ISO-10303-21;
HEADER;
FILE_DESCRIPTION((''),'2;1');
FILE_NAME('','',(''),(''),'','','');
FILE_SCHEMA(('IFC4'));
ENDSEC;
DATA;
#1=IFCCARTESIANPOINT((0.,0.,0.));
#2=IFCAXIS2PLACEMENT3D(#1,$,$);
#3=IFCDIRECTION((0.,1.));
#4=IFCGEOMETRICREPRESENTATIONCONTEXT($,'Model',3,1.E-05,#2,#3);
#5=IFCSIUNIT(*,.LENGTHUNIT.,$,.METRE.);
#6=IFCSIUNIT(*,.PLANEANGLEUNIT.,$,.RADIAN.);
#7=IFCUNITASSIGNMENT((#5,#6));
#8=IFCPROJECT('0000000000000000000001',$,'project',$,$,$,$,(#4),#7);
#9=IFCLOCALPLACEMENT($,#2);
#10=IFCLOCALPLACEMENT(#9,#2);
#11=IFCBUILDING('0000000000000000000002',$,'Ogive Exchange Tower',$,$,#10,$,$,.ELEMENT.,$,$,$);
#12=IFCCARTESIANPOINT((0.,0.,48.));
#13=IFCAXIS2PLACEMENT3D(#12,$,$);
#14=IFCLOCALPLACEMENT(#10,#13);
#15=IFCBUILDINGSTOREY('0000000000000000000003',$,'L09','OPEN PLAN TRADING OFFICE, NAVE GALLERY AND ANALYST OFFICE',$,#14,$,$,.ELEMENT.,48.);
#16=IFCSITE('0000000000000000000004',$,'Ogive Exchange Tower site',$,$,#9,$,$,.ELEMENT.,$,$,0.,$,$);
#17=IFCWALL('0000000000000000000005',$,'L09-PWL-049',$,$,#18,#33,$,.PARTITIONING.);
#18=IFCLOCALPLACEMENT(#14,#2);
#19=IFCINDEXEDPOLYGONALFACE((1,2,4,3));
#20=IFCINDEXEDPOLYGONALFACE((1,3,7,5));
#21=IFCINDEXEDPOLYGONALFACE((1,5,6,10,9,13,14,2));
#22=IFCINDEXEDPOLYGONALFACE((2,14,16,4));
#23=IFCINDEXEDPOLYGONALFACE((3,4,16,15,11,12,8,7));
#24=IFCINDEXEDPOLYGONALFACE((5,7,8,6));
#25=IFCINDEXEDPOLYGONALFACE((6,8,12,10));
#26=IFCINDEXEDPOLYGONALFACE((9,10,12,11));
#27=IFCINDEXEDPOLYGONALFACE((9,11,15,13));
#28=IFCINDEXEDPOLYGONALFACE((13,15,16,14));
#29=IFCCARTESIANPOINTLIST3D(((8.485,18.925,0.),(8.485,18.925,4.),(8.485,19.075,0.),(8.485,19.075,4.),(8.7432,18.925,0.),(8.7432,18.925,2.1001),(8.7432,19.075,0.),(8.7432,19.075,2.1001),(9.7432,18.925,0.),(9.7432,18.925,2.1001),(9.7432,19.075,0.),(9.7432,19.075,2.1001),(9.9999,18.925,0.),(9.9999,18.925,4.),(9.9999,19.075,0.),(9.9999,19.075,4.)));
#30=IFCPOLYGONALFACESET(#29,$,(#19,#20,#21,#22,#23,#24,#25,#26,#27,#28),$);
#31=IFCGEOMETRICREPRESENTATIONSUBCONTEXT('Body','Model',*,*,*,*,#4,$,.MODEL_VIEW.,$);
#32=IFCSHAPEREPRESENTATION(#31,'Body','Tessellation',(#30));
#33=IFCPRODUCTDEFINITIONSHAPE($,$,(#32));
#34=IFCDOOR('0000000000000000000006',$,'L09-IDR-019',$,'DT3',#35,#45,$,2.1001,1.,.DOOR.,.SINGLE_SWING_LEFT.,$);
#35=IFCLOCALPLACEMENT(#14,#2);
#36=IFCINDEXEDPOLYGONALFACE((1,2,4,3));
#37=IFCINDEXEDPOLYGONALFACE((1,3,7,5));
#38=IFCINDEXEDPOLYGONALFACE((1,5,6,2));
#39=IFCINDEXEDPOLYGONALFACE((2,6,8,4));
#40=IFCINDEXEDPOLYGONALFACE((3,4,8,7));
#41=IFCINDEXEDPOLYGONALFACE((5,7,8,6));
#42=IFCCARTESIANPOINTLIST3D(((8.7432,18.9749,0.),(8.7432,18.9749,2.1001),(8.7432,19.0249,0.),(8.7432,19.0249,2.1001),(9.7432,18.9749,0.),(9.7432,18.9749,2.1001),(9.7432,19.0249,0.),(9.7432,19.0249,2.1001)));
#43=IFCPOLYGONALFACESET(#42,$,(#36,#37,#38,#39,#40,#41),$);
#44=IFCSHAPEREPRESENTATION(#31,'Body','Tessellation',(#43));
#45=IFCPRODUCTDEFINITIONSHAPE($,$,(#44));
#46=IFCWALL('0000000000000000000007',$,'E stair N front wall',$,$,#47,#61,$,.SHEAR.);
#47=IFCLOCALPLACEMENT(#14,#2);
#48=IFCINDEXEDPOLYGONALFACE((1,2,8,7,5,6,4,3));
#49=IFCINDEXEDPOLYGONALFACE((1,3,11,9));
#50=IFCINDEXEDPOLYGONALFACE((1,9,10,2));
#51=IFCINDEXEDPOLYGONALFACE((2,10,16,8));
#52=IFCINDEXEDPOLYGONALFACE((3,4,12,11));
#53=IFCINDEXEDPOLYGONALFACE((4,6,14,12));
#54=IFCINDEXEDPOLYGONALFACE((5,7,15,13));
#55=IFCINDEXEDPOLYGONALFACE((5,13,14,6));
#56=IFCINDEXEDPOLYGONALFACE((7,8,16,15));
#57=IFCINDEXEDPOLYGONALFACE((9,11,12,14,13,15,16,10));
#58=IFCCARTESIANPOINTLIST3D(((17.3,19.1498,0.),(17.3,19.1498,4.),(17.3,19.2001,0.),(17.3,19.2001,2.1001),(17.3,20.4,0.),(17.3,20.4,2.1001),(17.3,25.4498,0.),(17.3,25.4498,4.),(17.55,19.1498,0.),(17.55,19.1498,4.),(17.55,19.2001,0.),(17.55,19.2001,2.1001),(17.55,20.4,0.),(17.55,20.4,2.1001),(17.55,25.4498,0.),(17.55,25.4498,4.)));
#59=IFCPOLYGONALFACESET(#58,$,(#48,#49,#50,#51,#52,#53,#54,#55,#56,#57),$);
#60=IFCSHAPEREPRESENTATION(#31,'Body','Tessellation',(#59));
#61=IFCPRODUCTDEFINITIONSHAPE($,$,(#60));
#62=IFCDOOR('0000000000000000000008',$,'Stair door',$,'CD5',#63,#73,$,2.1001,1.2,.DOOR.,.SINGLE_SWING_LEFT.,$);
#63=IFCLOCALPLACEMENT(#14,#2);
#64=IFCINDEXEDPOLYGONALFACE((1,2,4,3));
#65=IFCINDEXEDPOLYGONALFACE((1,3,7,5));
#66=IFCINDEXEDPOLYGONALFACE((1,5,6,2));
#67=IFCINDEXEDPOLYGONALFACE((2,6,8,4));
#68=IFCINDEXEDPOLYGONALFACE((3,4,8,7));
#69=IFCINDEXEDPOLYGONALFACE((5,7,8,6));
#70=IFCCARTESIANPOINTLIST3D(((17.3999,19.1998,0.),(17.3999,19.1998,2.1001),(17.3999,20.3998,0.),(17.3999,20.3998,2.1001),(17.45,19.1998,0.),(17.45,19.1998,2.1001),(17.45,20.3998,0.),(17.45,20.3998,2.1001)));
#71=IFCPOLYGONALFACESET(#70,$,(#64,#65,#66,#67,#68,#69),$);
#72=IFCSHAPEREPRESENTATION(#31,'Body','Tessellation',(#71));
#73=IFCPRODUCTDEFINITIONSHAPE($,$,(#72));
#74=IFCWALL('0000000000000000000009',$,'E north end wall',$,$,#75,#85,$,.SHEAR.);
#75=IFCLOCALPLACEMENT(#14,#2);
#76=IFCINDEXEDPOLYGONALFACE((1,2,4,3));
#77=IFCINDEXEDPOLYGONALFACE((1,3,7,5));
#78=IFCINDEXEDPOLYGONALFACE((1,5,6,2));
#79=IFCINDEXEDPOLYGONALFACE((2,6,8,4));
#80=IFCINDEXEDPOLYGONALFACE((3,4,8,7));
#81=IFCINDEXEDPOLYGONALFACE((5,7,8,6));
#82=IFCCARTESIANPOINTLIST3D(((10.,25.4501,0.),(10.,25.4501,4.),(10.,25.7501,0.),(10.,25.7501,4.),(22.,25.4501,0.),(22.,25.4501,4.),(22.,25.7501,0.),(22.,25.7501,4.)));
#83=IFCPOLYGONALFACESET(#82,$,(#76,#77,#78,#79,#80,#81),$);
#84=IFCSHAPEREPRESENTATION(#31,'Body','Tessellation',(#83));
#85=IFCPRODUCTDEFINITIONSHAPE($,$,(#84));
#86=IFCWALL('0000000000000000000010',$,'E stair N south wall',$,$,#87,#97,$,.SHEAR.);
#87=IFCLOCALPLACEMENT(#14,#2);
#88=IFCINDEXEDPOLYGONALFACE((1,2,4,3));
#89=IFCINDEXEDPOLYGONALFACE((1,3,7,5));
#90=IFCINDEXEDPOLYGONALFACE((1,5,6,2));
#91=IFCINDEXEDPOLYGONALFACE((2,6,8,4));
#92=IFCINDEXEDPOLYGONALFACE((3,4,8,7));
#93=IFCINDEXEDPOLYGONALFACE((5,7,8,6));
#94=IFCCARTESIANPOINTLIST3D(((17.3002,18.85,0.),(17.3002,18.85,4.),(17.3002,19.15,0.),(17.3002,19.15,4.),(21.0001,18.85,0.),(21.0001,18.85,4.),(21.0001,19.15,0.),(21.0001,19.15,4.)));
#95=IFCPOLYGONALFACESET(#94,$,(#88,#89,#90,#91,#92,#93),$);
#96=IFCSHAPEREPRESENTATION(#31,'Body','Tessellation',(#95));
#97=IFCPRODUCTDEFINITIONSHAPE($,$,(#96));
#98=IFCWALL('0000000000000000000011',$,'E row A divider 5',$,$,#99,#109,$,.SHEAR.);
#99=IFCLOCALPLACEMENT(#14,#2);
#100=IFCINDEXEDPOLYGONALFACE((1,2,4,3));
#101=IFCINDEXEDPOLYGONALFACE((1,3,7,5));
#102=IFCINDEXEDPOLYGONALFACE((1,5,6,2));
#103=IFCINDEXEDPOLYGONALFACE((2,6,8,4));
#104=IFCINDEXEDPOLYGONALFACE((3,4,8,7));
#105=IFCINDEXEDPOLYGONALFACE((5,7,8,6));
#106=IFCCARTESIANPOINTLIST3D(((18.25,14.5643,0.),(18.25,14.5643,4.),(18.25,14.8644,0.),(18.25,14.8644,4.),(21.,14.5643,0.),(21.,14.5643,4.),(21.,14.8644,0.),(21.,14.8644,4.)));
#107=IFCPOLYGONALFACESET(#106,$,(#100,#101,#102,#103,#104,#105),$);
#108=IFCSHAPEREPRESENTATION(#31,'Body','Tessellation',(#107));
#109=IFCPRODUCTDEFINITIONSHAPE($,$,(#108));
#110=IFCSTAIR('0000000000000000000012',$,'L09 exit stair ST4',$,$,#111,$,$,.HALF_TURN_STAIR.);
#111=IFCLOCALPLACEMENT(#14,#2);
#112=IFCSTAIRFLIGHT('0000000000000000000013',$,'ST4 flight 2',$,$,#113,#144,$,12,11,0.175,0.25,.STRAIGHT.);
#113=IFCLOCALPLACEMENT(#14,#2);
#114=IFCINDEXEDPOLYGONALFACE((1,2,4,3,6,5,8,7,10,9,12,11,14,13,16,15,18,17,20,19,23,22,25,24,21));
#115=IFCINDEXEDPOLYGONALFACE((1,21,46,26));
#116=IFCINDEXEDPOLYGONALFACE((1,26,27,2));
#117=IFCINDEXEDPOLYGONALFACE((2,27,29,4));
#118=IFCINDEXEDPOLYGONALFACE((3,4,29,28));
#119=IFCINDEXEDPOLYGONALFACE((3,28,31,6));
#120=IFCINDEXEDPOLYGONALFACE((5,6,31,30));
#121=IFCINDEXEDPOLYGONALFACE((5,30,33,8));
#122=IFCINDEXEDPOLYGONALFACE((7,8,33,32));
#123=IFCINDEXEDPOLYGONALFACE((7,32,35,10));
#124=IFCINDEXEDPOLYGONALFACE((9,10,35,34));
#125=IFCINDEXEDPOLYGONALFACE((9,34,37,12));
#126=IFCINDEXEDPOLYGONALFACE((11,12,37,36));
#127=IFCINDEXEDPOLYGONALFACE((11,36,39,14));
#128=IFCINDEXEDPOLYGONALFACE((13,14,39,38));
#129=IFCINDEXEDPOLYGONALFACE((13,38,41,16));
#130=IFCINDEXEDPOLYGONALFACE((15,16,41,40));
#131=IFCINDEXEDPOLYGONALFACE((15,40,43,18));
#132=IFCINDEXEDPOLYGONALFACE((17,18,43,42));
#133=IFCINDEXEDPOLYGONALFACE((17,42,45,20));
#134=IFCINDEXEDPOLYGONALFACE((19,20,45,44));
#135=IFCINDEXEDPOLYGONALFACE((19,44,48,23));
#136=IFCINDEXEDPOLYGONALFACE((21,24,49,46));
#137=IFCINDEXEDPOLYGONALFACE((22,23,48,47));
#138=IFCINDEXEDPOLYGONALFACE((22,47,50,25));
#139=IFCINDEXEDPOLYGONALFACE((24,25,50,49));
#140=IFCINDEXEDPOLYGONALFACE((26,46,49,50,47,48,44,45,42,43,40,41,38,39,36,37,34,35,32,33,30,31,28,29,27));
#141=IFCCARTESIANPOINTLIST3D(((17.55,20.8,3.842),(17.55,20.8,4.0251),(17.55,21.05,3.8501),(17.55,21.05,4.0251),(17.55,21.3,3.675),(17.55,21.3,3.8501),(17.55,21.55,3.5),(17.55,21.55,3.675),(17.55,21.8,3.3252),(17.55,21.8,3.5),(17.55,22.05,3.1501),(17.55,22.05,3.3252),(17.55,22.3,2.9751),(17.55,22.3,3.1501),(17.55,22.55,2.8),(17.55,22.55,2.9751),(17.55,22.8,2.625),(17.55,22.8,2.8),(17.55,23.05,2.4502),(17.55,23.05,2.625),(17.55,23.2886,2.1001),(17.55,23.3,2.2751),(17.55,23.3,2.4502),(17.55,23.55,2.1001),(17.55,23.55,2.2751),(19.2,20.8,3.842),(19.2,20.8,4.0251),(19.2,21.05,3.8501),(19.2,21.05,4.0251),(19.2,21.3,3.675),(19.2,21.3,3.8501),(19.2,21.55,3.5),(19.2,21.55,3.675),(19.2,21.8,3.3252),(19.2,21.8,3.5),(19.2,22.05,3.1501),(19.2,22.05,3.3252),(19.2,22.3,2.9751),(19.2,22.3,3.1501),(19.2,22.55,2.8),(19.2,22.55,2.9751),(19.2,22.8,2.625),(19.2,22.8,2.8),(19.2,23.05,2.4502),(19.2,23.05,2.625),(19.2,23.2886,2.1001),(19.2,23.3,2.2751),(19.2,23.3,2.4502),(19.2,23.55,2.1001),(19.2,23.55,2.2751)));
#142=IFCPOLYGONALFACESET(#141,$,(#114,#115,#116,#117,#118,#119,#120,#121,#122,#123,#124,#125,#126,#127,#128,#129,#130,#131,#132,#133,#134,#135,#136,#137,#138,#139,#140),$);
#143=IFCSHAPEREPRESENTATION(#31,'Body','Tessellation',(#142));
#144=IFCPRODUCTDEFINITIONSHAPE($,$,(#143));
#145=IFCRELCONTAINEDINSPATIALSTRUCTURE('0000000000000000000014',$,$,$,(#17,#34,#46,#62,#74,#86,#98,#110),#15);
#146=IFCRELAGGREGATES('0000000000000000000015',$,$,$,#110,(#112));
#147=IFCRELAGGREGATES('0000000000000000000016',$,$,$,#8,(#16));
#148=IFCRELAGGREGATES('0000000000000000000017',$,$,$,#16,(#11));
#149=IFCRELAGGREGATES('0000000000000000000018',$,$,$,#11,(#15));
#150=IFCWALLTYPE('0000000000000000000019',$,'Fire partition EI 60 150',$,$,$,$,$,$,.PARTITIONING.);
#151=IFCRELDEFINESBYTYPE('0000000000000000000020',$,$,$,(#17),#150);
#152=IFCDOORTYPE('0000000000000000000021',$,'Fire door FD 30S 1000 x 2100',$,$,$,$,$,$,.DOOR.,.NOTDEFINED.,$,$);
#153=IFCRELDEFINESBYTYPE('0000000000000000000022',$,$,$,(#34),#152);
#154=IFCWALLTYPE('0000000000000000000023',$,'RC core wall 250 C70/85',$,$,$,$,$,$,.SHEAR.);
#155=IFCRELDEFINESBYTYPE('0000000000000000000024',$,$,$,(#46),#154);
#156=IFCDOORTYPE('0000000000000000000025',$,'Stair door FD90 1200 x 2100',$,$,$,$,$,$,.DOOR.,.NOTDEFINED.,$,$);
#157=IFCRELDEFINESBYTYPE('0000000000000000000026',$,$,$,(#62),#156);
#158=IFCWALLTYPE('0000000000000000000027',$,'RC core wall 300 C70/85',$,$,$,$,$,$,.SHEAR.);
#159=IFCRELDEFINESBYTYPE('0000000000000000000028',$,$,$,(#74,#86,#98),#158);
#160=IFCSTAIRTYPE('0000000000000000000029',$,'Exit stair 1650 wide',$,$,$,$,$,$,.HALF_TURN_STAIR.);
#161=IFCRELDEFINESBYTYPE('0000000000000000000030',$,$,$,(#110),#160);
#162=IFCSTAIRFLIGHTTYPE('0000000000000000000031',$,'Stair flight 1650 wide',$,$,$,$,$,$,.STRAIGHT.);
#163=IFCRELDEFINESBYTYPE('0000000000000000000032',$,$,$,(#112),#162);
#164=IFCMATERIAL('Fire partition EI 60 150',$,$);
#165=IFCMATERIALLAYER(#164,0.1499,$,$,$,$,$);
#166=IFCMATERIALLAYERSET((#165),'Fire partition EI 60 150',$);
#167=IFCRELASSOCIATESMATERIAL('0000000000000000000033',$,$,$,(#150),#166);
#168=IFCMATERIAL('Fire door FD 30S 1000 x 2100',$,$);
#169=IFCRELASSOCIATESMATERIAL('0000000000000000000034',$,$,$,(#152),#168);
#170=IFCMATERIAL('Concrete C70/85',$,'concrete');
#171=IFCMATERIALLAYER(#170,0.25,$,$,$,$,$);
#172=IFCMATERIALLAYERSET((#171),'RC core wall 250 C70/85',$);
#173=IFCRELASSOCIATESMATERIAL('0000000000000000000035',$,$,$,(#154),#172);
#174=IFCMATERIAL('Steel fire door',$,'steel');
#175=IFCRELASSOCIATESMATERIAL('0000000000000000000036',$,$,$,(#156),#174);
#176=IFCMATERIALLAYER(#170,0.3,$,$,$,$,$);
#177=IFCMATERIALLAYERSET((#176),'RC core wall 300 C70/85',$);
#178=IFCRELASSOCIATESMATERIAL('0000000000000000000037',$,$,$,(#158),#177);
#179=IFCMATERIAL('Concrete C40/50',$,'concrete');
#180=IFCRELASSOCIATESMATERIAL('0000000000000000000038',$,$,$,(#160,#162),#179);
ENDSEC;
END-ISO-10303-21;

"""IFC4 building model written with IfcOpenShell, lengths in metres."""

from ifc_helpers import new_model, si_unit, direction, frame, frame_2d, origin, place, context, subcontext, project, spatial, polyline, rectangle, outline, extrude, material, layer, layer_set, type_object, element, fill, aggregate, save


model = new_model("IFC4")

# Units and contexts
model_context = context("Model", 3, precision=1e-05, world=origin(), true_north=direction((0.0, 1.0)))
body_context = subcontext(model_context, "Body", "Model", "MODEL_VIEW")
ifc_project = project(units=[si_unit("LENGTHUNIT", "METRE"), si_unit("PLANEANGLEUNIT", "RADIAN")], contexts=[model_context])

# Site, building, storey
site_placement = place(None, origin())
site = spatial("IfcSite", under=ifc_project, at=site_placement, Name="Ogive Exchange Tower site", CompositionType="ELEMENT", RefElevation=0.0)
building_placement = place(site_placement, origin())
building = spatial("IfcBuilding", under=site, at=building_placement, Name="Ogive Exchange Tower", CompositionType="ELEMENT")
storey_placement = place(building_placement, frame((0.0, 0.0, 48.0)))
storey = spatial("IfcBuildingStorey", under=building, at=storey_placement, Name="L09", Description="OPEN PLAN TRADING OFFICE, NAVE GALLERY AND ANALYST OFFICE", CompositionType="ELEMENT", Elevation=48.0)

# Shared definitions
ifc_material_1 = material(Name="Fire partition EI 60 150")
ifc_layer_1 = layer(ifc_material_1, 0.1499)
ifc_layer_set_1 = layer_set([ifc_layer_1], Name="Fire partition EI 60 150")
wall_type_1 = type_object("IfcWallType", Name="Fire partition EI 60 150", PredefinedType="PARTITIONING", material=ifc_layer_set_1)

# Walls, openings, doors
wall_1_placement = place(storey_placement, frame((8.4851, 19.0, 0.0), z_axis=(0.0, 0.0, 1.0), x_axis=(1.0, 0.0, 0.0)))
wall_1 = element("IfcWall", 1, at=wall_1_placement, inside=storey, type_object=wall_type_1, Name="L09-PWL-049", PredefinedType="PARTITIONING", context=body_context, shape_type="SweptSolid", body=[
    extrude(rectangle(XDim=1.5149, YDim=0.1499, at=frame_2d((0.7573, 0.0))), origin(), (0.0, 0.0, 1.0), 4.0),
])
opening_1_placement = place(wall_1_placement, frame((0.2581, 0.0, 0.0)))
opening_1 = element("IfcOpeningElement", 2, at=opening_1_placement, cuts=wall_1, PredefinedType="OPENING", context=body_context, shape_type="SweptSolid", body=[
    extrude(rectangle(XDim=1.0, YDim=2.1001, at=frame_2d((0.5, 1.05))), frame((0.0, 0.085, 0.0), z_axis=(0.0, -1.0, 0.0), x_axis=(1.0, 0.0, 0.0)), (0.0, 0.0, 1.0), 0.1699),
])
ifc_material_2 = material(Name="Fire door FD 30S 1000 x 2100")
door_type_1 = type_object("IfcDoorType", Name="Fire door FD 30S 1000 x 2100", OperationType="NOTDEFINED", PredefinedType="DOOR", material=ifc_material_2)
door_1_placement = place(opening_1_placement, origin())
door_1 = element("IfcDoor", 3, at=door_1_placement, inside=storey, type_object=door_type_1, Name="L09-IDR-019", ObjectType="DT3", OperationType="SINGLE_SWING_LEFT", OverallHeight=2.1001, OverallWidth=1.0, PredefinedType="DOOR", context=body_context, shape_type="SweptSolid", body=[
    extrude(rectangle(XDim=1.0, YDim=2.1001, at=frame_2d((0.5, 1.05))), frame((0.0, 0.0249, 0.0), z_axis=(0.0, -1.0, 0.0), x_axis=(1.0, 0.0, 0.0)), (0.0, 0.0, 1.0), 0.05),
])
fill(opening_1, door_1)
ifc_material_3 = material(Name="Concrete C70/85", Category="concrete")
ifc_layer_2 = layer(ifc_material_3, 0.25)
ifc_layer_set_2 = layer_set([ifc_layer_2], Name="RC core wall 250 C70/85")
wall_type_2 = type_object("IfcWallType", Name="RC core wall 250 C70/85", PredefinedType="SHEAR", material=ifc_layer_set_2)
wall_2_placement = place(storey_placement, frame((17.425, 19.1499, 0.0), z_axis=(0.0, 0.0, 1.0), x_axis=(0.0, 1.0, 0.0)))
wall_2 = element("IfcWall", 4, at=wall_2_placement, inside=storey, type_object=wall_type_2, Name="E stair N front wall", PredefinedType="SHEAR", context=body_context, shape_type="SweptSolid", body=[
    extrude(rectangle(XDim=6.3, YDim=0.25, at=frame_2d((3.1499, 0.0))), origin(), (0.0, 0.0, 1.0), 4.0),
])
opening_2_placement = place(wall_2_placement, frame((0.05, 0.0, 0.0)))
opening_2 = element("IfcOpeningElement", 5, at=opening_2_placement, cuts=wall_2, PredefinedType="OPENING", context=body_context, shape_type="SweptSolid", body=[
    extrude(rectangle(XDim=1.2, YDim=2.1001, at=frame_2d((0.6001, 1.05))), frame((0.0, 0.135, 0.0), z_axis=(0.0, -1.0, 0.0), x_axis=(1.0, 0.0, 0.0)), (0.0, 0.0, 1.0), 0.27),
])
ifc_material_4 = material(Name="Steel fire door", Category="steel")
door_type_2 = type_object("IfcDoorType", Name="Stair door FD90 1200 x 2100", OperationType="NOTDEFINED", PredefinedType="DOOR", material=ifc_material_4)
door_2_placement = place(opening_2_placement, frame((1.2, 0.0, 0.0), z_axis=(0.0, 0.0, 1.0), x_axis=(-1.0, 0.0, 0.0)))
door_2 = element("IfcDoor", 6, at=door_2_placement, inside=storey, type_object=door_type_2, Name="Stair door", ObjectType="CD5", OperationType="SINGLE_SWING_LEFT", OverallHeight=2.1001, OverallWidth=1.2, PredefinedType="DOOR", context=body_context, shape_type="SweptSolid", body=[
    extrude(rectangle(XDim=1.2, YDim=2.1001, at=frame_2d((0.6001, 1.05))), frame((0.0, 0.0249, 0.0), z_axis=(0.0, -1.0, 0.0), x_axis=(1.0, 0.0, 0.0)), (0.0, 0.0, 1.0), 0.05),
])
fill(opening_2, door_2)

# Walls
ifc_layer_3 = layer(ifc_material_3, 0.3)
ifc_layer_set_3 = layer_set([ifc_layer_3], Name="RC core wall 300 C70/85")
wall_type_3 = type_object("IfcWallType", Name="RC core wall 300 C70/85", PredefinedType="SHEAR", material=ifc_layer_set_3)
wall_3_placement = place(storey_placement, frame((10.0, 25.6001, 0.0), z_axis=(0.0, 0.0, 1.0), x_axis=(1.0, 0.0, 0.0)))
element("IfcWall", 7, at=wall_3_placement, inside=storey, type_object=wall_type_3, Name="E north end wall", PredefinedType="SHEAR", context=body_context, shape_type="SweptSolid", body=[
    extrude(rectangle(XDim=12.0, YDim=0.3, at=frame_2d((6.0, 0.0))), origin(), (0.0, 0.0, 1.0), 4.0),
])
wall_4_placement = place(storey_placement, frame((17.3, 19.0, 0.0), z_axis=(0.0, 0.0, 1.0), x_axis=(1.0, 0.0, 0.0)))
element("IfcWall", 8, at=wall_4_placement, inside=storey, type_object=wall_type_3, Name="E stair N south wall", PredefinedType="SHEAR", context=body_context, shape_type="SweptSolid", body=[
    extrude(rectangle(XDim=3.7, YDim=0.3, at=frame_2d((1.8501, 0.0))), origin(), (0.0, 0.0, 1.0), 4.0),
])
wall_5_placement = place(storey_placement, frame((18.25, 14.7144, 0.0), z_axis=(0.0, 0.0, 1.0), x_axis=(1.0, 0.0, 0.0)))
element("IfcWall", 9, at=wall_5_placement, inside=storey, type_object=wall_type_3, Name="E row A divider 5", PredefinedType="SHEAR", context=body_context, shape_type="SweptSolid", body=[
    extrude(rectangle(XDim=2.75, YDim=0.3, at=frame_2d((1.375, 0.0))), origin(), (0.0, 0.0, 1.0), 4.0),
])

# Stair, stair flight
ifc_material_5 = material(Name="Concrete C40/50", Category="concrete")
stair_type = type_object("IfcStairType", Name="Exit stair 1650 wide", PredefinedType="HALF_TURN_STAIR", material=ifc_material_5)
stair_placement = place(storey_placement, origin())
stair = element("IfcStair", 10, at=stair_placement, inside=storey, type_object=stair_type, Name="L09 exit stair ST4", PredefinedType="HALF_TURN_STAIR")
stair_flight_type = type_object("IfcStairFlightType", Name="Stair flight 1650 wide", PredefinedType="STRAIGHT", material=ifc_material_5)
stair_flight_placement = place(storey_placement, frame((18.375, 23.55, 2.1001), z_axis=(0.0, 0.0, 1.0), x_axis=(0.0, -1.0, 0.0)))
stair_flight = element("IfcStairFlight", 11, at=stair_flight_placement, type_object=stair_flight_type, Name="ST4 flight 2", NumberOfRisers=12, NumberOfTreads=11, PredefinedType="STRAIGHT", RiserHeight=0.175, TreadLength=0.25, context=body_context, shape_type="SweptSolid", body=[
    extrude(outline(polyline([(0.0, 0.0), (0.0, 0.175), (0.25, 0.175), (0.25, 0.3501), (0.5, 0.3501), (0.5, 0.5249), (0.75, 0.5249), (0.75, 0.7), (1.0, 0.7), (1.0, 0.875), (1.25, 0.875), (1.25, 1.05), (1.5, 1.05), (1.5, 1.2251), (1.75, 1.2251), (1.75, 1.3999), (2.0, 1.3999), (2.0, 1.575), (2.25, 1.575), (2.25, 1.75), (2.5, 1.75), (2.5, 1.925), (2.75, 1.925), (2.75, 2.1001), (2.75, 1.7419), (0.2615, 0.0), (0.0, 0.0)])), frame((0.0, 0.825, 0.0), z_axis=(0.0, -1.0, 0.0), x_axis=(1.0, 0.0, 0.0)), (0.0, 0.0, 1.0), 1.6499),
])
aggregate(stair, [stair_flight])

save(model, "model.ifc")
